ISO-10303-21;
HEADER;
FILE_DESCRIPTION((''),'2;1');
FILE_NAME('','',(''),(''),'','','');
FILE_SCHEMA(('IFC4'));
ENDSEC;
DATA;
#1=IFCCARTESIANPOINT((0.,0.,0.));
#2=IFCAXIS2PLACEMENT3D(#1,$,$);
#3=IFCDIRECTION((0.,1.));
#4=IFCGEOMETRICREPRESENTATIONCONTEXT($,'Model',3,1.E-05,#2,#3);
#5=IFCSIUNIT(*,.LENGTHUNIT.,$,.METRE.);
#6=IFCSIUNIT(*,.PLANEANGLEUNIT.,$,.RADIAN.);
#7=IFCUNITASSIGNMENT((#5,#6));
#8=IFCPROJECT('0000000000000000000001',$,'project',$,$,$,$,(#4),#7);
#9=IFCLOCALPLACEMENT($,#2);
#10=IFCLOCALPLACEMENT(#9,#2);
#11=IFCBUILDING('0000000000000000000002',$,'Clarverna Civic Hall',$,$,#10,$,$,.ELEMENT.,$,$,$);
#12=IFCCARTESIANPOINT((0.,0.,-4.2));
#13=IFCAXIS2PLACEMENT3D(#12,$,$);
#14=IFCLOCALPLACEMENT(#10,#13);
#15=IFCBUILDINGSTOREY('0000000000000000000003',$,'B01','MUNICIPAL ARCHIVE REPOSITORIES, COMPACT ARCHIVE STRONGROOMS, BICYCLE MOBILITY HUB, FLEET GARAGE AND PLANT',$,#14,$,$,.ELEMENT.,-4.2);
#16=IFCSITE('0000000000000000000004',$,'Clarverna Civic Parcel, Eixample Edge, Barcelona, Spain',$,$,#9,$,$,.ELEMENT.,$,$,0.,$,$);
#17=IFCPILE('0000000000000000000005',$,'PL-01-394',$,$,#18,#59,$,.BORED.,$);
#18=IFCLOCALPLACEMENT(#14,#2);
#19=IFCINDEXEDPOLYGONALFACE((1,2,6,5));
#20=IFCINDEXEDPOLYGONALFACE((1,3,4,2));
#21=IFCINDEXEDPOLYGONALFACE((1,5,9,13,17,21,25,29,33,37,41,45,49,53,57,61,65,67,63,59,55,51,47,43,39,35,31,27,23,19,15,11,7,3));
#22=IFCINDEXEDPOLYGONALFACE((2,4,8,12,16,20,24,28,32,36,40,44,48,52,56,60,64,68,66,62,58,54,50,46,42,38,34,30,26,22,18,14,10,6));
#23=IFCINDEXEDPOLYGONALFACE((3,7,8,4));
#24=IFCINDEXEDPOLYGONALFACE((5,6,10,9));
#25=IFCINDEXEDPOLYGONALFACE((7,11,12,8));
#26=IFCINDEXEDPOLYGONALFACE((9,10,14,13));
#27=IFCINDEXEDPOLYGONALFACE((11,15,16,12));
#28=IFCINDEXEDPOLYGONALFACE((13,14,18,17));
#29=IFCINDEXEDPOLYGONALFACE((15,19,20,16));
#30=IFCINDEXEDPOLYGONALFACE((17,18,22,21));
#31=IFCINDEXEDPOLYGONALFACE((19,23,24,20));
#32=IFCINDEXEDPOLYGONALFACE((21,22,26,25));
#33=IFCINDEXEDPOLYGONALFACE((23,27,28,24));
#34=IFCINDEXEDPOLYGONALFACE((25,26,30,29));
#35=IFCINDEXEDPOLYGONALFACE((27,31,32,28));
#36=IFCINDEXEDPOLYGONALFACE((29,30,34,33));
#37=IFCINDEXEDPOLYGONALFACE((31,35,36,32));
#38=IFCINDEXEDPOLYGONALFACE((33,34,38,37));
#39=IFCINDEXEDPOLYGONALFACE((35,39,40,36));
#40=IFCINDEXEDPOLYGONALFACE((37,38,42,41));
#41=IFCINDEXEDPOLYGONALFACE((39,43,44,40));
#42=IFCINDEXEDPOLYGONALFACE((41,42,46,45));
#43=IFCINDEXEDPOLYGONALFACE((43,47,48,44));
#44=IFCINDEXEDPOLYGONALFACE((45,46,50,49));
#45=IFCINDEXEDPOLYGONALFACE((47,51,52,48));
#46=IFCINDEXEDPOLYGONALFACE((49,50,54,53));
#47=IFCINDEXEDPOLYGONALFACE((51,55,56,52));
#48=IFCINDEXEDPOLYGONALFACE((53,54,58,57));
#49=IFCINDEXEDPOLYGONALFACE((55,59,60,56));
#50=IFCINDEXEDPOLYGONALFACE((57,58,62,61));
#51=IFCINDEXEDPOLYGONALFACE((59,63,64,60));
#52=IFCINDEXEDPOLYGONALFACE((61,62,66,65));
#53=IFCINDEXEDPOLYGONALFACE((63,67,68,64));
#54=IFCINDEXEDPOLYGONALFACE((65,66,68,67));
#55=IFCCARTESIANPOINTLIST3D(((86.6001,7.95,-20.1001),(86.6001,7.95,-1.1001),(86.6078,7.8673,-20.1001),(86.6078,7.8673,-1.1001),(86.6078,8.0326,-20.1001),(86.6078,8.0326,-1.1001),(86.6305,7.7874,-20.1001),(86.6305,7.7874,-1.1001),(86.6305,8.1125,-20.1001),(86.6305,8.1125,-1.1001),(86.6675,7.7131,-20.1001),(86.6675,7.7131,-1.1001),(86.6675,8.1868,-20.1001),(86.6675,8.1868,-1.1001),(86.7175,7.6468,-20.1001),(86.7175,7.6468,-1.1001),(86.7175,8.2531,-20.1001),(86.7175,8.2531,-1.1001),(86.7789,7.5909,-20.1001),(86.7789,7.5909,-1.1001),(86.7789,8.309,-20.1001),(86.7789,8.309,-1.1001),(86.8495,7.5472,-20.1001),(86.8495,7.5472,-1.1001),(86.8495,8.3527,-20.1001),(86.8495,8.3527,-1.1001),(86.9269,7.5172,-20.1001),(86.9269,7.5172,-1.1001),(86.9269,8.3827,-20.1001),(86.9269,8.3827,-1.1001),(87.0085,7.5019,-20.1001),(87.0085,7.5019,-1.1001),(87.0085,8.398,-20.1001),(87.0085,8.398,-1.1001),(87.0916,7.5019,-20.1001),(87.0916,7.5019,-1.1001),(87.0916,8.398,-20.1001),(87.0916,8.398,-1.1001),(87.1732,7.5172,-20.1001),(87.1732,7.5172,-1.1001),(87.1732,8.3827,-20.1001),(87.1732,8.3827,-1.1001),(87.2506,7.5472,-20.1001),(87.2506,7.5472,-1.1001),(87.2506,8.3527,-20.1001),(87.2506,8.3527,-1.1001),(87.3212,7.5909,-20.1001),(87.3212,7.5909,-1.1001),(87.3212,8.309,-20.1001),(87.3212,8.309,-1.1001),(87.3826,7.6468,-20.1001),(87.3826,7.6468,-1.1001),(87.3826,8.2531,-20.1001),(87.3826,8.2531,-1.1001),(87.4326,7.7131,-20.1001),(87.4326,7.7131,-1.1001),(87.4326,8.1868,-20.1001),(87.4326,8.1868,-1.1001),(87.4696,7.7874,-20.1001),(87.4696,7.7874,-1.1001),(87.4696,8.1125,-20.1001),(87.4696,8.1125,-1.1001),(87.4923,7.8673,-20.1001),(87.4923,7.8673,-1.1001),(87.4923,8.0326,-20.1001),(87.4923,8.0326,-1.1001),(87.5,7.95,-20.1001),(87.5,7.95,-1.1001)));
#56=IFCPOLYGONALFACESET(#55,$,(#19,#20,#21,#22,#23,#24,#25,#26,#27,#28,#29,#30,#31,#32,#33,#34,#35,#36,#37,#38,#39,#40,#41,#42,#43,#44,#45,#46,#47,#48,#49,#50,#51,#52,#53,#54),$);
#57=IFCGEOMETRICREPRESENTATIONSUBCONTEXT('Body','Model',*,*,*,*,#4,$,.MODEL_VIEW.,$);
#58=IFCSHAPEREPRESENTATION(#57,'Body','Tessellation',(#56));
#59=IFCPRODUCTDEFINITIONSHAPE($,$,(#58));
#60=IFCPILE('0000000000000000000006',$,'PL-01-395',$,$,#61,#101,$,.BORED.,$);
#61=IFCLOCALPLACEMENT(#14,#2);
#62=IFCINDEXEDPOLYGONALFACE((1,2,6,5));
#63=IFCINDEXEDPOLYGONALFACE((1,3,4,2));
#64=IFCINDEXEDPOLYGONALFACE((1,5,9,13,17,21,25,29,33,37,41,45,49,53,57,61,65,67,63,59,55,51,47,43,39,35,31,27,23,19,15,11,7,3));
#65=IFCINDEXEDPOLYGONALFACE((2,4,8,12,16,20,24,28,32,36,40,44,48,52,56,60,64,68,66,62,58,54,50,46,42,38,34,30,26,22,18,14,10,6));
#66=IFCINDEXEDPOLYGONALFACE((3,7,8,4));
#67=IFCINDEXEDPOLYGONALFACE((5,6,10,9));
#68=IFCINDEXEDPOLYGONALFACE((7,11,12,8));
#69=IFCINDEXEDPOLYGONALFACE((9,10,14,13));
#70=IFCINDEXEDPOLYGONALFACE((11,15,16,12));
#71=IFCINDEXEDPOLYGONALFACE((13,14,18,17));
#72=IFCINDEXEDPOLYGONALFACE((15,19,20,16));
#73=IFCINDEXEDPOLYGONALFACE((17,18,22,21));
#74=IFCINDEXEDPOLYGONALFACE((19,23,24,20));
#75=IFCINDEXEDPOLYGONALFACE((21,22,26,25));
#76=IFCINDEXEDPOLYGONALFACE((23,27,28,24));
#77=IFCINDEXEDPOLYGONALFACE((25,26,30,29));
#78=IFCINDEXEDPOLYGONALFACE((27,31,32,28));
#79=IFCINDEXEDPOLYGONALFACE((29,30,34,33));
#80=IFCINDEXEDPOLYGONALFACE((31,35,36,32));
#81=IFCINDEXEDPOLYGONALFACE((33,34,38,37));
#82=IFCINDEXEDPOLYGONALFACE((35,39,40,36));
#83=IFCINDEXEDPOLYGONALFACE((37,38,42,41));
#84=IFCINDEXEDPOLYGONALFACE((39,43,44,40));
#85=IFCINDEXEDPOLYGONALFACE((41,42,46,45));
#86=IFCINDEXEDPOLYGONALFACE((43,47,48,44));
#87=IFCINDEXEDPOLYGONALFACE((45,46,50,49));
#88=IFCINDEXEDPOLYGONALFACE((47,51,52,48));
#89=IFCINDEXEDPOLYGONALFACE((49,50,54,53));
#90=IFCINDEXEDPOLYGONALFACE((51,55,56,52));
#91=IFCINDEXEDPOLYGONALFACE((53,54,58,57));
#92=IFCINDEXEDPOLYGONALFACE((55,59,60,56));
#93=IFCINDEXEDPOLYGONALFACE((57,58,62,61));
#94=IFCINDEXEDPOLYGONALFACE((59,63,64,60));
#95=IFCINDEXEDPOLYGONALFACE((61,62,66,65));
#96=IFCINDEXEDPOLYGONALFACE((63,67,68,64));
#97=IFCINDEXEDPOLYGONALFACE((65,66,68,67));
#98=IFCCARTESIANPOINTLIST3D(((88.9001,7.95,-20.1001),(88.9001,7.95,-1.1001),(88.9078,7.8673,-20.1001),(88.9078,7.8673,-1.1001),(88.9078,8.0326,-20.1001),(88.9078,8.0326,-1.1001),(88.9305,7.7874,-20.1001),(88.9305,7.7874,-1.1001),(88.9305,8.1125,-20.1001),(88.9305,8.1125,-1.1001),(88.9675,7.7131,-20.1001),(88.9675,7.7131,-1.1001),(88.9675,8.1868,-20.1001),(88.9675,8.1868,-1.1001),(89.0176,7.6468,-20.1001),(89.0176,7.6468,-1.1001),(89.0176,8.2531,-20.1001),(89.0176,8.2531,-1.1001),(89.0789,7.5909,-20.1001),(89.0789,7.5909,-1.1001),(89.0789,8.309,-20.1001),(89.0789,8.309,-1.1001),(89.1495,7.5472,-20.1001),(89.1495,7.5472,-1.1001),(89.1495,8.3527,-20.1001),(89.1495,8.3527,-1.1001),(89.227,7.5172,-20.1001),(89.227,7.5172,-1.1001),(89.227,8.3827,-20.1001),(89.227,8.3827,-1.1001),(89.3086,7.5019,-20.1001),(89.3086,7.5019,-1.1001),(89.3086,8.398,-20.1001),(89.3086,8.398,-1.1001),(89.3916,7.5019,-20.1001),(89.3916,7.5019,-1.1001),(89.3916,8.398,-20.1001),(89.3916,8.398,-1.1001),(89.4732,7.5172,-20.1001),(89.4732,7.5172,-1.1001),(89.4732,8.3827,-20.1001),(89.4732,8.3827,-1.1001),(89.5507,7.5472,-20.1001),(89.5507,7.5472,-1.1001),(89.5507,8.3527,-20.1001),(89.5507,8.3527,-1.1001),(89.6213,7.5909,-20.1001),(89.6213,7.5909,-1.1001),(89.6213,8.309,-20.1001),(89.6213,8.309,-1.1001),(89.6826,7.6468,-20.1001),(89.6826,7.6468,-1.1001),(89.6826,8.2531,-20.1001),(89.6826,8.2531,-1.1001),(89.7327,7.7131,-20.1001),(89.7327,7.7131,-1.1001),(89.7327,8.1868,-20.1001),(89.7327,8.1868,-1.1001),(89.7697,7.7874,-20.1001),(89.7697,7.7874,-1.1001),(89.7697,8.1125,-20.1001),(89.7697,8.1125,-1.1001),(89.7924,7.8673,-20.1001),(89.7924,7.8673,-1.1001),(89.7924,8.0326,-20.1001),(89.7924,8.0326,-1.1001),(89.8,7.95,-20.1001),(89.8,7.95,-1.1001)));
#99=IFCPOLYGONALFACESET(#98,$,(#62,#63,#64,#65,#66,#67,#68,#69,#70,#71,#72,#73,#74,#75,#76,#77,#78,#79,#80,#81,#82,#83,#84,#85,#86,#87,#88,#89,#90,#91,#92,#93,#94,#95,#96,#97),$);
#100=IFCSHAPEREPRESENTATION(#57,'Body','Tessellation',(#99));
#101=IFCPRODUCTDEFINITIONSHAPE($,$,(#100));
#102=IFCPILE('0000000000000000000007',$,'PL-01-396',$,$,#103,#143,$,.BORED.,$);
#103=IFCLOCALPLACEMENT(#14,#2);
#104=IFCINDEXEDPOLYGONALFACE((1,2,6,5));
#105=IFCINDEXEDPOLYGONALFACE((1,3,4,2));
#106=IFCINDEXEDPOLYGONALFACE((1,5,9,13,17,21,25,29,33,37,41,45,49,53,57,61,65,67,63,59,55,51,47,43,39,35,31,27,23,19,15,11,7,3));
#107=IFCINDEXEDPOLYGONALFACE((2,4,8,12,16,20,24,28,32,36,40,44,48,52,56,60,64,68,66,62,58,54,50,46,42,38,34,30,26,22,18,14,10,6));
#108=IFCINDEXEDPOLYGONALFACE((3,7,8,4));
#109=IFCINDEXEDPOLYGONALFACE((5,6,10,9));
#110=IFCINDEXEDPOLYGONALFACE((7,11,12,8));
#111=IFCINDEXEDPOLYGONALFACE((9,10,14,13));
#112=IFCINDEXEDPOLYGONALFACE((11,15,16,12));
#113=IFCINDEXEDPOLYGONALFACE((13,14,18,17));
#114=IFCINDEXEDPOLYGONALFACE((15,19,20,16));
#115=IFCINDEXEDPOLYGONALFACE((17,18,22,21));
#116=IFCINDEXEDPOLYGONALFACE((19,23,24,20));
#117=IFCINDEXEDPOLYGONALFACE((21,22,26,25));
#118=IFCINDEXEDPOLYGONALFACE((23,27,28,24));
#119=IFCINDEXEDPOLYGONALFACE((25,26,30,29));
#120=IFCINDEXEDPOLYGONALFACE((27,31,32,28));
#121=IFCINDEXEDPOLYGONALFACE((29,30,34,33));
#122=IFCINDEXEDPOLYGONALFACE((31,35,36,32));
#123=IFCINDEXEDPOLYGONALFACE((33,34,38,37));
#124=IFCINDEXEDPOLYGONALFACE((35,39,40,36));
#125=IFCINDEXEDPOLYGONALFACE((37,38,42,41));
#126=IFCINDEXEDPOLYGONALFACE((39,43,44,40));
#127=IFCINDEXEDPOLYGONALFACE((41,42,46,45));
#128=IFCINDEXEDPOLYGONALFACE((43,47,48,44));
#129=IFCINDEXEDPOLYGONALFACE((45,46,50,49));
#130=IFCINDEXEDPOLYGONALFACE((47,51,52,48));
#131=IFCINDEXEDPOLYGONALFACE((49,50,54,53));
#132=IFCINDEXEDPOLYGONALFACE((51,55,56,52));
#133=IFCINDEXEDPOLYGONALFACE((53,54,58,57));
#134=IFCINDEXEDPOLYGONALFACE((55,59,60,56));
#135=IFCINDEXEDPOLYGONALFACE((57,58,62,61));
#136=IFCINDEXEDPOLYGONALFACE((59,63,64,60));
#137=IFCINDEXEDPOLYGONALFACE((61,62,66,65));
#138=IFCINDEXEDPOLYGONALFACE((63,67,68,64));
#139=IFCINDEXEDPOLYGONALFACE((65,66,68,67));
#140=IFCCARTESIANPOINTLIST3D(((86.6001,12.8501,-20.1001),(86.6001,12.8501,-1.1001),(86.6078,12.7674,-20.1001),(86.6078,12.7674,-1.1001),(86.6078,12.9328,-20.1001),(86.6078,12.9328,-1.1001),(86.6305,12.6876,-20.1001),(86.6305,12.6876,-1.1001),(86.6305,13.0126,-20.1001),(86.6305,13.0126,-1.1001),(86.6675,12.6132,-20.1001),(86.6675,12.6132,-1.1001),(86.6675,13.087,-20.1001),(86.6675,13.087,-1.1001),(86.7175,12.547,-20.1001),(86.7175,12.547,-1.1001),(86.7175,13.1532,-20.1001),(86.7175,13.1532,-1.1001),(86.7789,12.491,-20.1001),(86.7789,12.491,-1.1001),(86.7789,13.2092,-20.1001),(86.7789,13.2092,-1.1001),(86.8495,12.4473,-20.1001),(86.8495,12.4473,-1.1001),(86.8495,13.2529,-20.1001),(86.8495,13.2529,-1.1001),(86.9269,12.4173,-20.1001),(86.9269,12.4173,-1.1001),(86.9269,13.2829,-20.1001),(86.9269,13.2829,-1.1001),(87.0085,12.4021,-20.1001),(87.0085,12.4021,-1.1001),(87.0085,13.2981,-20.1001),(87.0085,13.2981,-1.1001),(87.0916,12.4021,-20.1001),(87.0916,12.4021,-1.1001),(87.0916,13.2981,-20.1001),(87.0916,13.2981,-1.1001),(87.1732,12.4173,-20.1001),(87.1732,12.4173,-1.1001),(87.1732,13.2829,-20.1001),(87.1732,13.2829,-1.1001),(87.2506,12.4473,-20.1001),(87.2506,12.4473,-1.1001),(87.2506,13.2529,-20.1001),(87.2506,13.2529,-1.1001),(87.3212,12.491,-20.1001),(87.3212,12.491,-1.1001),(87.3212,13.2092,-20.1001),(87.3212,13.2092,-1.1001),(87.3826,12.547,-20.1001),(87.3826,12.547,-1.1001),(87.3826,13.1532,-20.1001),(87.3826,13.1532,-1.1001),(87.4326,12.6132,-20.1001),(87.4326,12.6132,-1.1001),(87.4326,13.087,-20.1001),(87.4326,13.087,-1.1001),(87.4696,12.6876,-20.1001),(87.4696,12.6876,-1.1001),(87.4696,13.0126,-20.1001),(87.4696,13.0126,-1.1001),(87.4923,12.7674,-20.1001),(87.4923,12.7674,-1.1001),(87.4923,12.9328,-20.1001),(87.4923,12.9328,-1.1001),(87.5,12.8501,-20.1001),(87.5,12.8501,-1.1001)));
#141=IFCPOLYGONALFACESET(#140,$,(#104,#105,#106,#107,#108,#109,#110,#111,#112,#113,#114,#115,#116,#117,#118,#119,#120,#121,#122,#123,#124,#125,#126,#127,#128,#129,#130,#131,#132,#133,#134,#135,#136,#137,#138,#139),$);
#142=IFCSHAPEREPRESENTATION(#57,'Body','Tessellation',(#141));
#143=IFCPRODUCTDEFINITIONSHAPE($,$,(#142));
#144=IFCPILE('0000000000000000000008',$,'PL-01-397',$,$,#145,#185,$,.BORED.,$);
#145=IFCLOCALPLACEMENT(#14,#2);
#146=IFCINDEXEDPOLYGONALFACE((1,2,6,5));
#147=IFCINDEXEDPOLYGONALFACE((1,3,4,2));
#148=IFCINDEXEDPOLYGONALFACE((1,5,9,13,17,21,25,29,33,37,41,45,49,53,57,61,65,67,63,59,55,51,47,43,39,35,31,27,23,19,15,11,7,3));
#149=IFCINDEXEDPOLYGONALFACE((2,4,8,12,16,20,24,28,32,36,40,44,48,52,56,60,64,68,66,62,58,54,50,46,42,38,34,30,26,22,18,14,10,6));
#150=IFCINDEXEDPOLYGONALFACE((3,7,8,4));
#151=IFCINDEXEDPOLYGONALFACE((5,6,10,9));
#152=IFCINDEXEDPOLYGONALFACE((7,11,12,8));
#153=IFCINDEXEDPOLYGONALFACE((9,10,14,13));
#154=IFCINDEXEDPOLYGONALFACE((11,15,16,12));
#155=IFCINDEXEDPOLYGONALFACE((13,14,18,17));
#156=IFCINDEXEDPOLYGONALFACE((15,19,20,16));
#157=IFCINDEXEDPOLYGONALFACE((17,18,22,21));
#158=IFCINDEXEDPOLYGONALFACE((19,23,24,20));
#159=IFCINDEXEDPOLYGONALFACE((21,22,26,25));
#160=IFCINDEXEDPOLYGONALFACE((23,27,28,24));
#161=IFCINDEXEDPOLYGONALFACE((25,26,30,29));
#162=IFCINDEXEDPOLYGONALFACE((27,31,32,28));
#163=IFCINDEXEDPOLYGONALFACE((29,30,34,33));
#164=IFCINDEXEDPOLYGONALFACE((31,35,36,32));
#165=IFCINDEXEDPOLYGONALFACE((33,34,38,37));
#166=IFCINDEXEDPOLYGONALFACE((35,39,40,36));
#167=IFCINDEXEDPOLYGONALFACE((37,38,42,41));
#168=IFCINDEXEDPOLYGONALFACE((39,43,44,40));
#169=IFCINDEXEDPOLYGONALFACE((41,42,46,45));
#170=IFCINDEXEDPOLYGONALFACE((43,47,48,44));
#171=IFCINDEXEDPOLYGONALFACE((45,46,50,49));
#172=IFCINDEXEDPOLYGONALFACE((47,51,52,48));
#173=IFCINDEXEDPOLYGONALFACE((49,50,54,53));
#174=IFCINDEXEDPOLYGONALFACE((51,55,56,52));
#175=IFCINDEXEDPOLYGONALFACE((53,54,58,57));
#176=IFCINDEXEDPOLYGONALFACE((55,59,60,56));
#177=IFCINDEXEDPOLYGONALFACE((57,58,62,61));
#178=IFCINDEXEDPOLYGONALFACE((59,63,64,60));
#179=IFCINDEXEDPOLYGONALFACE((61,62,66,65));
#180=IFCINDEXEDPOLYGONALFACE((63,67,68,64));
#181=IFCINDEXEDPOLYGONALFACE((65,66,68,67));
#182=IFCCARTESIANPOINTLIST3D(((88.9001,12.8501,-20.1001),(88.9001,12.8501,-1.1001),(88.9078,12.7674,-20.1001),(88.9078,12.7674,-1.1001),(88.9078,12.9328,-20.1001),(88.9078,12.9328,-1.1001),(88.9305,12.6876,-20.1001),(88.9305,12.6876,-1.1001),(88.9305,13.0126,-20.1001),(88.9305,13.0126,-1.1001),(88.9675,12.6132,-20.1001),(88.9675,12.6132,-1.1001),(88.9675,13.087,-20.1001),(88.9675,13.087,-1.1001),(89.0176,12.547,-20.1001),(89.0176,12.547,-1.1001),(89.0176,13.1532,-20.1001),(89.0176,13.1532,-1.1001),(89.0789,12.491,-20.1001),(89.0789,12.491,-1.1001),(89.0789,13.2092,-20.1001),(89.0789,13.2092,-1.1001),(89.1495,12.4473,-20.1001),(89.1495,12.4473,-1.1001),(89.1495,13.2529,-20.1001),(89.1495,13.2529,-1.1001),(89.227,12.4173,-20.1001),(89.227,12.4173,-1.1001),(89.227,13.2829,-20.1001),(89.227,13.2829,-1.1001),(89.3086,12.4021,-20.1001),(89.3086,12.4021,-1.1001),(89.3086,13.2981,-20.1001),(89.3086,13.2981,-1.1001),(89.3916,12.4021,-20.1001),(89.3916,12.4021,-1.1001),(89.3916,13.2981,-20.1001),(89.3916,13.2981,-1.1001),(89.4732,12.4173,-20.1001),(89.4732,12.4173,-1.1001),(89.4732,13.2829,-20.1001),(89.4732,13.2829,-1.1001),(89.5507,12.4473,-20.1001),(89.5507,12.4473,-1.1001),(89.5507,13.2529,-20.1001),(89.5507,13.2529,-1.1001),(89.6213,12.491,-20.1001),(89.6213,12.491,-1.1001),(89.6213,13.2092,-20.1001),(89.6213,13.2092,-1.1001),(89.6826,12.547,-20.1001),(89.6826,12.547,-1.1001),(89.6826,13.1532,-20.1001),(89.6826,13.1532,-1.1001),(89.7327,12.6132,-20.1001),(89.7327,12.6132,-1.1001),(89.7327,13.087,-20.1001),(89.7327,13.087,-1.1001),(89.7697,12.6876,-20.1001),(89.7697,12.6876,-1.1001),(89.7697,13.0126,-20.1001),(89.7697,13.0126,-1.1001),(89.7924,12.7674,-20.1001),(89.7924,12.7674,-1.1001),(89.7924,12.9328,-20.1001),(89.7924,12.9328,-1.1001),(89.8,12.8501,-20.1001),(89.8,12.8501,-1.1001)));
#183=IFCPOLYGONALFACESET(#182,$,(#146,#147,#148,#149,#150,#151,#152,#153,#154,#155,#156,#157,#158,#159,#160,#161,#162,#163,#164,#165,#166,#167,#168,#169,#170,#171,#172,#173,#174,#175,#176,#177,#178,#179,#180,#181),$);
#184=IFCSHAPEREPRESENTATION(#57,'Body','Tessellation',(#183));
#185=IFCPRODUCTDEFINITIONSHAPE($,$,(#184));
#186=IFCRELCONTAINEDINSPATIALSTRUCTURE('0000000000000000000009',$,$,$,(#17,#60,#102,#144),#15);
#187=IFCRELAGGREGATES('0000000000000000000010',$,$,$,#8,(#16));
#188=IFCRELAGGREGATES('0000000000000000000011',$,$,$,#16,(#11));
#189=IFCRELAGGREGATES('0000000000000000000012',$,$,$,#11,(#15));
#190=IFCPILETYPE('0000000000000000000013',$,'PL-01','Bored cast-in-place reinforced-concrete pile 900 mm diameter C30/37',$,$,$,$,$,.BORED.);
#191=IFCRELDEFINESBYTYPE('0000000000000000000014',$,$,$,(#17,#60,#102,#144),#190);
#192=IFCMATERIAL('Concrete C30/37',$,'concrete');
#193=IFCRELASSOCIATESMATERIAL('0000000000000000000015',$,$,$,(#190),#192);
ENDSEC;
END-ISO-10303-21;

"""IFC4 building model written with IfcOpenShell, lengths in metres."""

from ifc_helpers import new_model, si_unit, direction, frame, origin, origin_2d, place, context, subcontext, project, spatial, circle, extrude, material, material_profile, profile_set, type_object, element, save


model = new_model("IFC4")

# Units and contexts
model_context = context("Model", 3, precision=1e-05, world=origin(), true_north=direction((0.0, 1.0)))
body_context = subcontext(model_context, "Body", "Model", "MODEL_VIEW")
ifc_project = project(units=[si_unit("LENGTHUNIT", "METRE"), si_unit("PLANEANGLEUNIT", "RADIAN")], contexts=[model_context])

# Site, building, storey
site_placement = place(None, origin())
site = spatial("IfcSite", under=ifc_project, at=site_placement, Name="Clarverna Civic Parcel, Eixample Edge, Barcelona, Spain", CompositionType="ELEMENT", RefElevation=0.0)
building_placement = place(site_placement, origin())
building = spatial("IfcBuilding", under=site, at=building_placement, Name="Clarverna Civic Hall", CompositionType="ELEMENT")
storey_placement = place(building_placement, frame((0.0, 0.0, -4.2)))
storey = spatial("IfcBuildingStorey", under=building, at=storey_placement, Name="B01", Description="MUNICIPAL ARCHIVE REPOSITORIES, COMPACT ARCHIVE STRONGROOMS, BICYCLE MOBILITY HUB, FLEET GARAGE AND PLANT", CompositionType="ELEMENT", Elevation=-4.2)

# Shared definitions
ifc_material_1 = material(Name="Concrete C30/37", Category="concrete")

# Piles
ifc_material_profile_1 = material_profile(ifc_material_1, circle(Radius=0.45, at=origin_2d()), Name="BORED PILE D900")
ifc_profile_set_1 = profile_set([ifc_material_profile_1], Name="Concrete C30/37")
pile_type = type_object("IfcPileType", Name="PL-01", Description="Bored cast-in-place reinforced-concrete pile 900 mm diameter C30/37", PredefinedType="BORED", material=ifc_profile_set_1)
for number, where, z_axis, x_axis, name in (
    (1, (87.05, 7.95, -1.1001), (0.0, 0.0, -1.0), (1.0, 0.0, 0.0), "PL-01-394"),
    (2, (89.3501, 7.95, -1.1001), (0.0, 0.0, -1.0), (1.0, 0.0, 0.0), "PL-01-395"),
    (3, (87.05, 12.8501, -1.1001), (0.0, 0.0, -1.0), (1.0, 0.0, 0.0), "PL-01-396"),
    (4, (89.3501, 12.8501, -1.1001), (0.0, 0.0, -1.0), (1.0, 0.0, 0.0), "PL-01-397"),
):
    element("IfcPile", number, at=place(storey_placement, frame(where, z_axis=z_axis, x_axis=x_axis)), inside=storey, type_object=pile_type, Name=name, PredefinedType="BORED", context=body_context, shape_type="SweptSolid", body=[
        extrude(circle(Radius=0.45, at=origin_2d()), origin(), (0.0, 0.0, 1.0), 19.0),
    ])

save(model, "model.ifc")
